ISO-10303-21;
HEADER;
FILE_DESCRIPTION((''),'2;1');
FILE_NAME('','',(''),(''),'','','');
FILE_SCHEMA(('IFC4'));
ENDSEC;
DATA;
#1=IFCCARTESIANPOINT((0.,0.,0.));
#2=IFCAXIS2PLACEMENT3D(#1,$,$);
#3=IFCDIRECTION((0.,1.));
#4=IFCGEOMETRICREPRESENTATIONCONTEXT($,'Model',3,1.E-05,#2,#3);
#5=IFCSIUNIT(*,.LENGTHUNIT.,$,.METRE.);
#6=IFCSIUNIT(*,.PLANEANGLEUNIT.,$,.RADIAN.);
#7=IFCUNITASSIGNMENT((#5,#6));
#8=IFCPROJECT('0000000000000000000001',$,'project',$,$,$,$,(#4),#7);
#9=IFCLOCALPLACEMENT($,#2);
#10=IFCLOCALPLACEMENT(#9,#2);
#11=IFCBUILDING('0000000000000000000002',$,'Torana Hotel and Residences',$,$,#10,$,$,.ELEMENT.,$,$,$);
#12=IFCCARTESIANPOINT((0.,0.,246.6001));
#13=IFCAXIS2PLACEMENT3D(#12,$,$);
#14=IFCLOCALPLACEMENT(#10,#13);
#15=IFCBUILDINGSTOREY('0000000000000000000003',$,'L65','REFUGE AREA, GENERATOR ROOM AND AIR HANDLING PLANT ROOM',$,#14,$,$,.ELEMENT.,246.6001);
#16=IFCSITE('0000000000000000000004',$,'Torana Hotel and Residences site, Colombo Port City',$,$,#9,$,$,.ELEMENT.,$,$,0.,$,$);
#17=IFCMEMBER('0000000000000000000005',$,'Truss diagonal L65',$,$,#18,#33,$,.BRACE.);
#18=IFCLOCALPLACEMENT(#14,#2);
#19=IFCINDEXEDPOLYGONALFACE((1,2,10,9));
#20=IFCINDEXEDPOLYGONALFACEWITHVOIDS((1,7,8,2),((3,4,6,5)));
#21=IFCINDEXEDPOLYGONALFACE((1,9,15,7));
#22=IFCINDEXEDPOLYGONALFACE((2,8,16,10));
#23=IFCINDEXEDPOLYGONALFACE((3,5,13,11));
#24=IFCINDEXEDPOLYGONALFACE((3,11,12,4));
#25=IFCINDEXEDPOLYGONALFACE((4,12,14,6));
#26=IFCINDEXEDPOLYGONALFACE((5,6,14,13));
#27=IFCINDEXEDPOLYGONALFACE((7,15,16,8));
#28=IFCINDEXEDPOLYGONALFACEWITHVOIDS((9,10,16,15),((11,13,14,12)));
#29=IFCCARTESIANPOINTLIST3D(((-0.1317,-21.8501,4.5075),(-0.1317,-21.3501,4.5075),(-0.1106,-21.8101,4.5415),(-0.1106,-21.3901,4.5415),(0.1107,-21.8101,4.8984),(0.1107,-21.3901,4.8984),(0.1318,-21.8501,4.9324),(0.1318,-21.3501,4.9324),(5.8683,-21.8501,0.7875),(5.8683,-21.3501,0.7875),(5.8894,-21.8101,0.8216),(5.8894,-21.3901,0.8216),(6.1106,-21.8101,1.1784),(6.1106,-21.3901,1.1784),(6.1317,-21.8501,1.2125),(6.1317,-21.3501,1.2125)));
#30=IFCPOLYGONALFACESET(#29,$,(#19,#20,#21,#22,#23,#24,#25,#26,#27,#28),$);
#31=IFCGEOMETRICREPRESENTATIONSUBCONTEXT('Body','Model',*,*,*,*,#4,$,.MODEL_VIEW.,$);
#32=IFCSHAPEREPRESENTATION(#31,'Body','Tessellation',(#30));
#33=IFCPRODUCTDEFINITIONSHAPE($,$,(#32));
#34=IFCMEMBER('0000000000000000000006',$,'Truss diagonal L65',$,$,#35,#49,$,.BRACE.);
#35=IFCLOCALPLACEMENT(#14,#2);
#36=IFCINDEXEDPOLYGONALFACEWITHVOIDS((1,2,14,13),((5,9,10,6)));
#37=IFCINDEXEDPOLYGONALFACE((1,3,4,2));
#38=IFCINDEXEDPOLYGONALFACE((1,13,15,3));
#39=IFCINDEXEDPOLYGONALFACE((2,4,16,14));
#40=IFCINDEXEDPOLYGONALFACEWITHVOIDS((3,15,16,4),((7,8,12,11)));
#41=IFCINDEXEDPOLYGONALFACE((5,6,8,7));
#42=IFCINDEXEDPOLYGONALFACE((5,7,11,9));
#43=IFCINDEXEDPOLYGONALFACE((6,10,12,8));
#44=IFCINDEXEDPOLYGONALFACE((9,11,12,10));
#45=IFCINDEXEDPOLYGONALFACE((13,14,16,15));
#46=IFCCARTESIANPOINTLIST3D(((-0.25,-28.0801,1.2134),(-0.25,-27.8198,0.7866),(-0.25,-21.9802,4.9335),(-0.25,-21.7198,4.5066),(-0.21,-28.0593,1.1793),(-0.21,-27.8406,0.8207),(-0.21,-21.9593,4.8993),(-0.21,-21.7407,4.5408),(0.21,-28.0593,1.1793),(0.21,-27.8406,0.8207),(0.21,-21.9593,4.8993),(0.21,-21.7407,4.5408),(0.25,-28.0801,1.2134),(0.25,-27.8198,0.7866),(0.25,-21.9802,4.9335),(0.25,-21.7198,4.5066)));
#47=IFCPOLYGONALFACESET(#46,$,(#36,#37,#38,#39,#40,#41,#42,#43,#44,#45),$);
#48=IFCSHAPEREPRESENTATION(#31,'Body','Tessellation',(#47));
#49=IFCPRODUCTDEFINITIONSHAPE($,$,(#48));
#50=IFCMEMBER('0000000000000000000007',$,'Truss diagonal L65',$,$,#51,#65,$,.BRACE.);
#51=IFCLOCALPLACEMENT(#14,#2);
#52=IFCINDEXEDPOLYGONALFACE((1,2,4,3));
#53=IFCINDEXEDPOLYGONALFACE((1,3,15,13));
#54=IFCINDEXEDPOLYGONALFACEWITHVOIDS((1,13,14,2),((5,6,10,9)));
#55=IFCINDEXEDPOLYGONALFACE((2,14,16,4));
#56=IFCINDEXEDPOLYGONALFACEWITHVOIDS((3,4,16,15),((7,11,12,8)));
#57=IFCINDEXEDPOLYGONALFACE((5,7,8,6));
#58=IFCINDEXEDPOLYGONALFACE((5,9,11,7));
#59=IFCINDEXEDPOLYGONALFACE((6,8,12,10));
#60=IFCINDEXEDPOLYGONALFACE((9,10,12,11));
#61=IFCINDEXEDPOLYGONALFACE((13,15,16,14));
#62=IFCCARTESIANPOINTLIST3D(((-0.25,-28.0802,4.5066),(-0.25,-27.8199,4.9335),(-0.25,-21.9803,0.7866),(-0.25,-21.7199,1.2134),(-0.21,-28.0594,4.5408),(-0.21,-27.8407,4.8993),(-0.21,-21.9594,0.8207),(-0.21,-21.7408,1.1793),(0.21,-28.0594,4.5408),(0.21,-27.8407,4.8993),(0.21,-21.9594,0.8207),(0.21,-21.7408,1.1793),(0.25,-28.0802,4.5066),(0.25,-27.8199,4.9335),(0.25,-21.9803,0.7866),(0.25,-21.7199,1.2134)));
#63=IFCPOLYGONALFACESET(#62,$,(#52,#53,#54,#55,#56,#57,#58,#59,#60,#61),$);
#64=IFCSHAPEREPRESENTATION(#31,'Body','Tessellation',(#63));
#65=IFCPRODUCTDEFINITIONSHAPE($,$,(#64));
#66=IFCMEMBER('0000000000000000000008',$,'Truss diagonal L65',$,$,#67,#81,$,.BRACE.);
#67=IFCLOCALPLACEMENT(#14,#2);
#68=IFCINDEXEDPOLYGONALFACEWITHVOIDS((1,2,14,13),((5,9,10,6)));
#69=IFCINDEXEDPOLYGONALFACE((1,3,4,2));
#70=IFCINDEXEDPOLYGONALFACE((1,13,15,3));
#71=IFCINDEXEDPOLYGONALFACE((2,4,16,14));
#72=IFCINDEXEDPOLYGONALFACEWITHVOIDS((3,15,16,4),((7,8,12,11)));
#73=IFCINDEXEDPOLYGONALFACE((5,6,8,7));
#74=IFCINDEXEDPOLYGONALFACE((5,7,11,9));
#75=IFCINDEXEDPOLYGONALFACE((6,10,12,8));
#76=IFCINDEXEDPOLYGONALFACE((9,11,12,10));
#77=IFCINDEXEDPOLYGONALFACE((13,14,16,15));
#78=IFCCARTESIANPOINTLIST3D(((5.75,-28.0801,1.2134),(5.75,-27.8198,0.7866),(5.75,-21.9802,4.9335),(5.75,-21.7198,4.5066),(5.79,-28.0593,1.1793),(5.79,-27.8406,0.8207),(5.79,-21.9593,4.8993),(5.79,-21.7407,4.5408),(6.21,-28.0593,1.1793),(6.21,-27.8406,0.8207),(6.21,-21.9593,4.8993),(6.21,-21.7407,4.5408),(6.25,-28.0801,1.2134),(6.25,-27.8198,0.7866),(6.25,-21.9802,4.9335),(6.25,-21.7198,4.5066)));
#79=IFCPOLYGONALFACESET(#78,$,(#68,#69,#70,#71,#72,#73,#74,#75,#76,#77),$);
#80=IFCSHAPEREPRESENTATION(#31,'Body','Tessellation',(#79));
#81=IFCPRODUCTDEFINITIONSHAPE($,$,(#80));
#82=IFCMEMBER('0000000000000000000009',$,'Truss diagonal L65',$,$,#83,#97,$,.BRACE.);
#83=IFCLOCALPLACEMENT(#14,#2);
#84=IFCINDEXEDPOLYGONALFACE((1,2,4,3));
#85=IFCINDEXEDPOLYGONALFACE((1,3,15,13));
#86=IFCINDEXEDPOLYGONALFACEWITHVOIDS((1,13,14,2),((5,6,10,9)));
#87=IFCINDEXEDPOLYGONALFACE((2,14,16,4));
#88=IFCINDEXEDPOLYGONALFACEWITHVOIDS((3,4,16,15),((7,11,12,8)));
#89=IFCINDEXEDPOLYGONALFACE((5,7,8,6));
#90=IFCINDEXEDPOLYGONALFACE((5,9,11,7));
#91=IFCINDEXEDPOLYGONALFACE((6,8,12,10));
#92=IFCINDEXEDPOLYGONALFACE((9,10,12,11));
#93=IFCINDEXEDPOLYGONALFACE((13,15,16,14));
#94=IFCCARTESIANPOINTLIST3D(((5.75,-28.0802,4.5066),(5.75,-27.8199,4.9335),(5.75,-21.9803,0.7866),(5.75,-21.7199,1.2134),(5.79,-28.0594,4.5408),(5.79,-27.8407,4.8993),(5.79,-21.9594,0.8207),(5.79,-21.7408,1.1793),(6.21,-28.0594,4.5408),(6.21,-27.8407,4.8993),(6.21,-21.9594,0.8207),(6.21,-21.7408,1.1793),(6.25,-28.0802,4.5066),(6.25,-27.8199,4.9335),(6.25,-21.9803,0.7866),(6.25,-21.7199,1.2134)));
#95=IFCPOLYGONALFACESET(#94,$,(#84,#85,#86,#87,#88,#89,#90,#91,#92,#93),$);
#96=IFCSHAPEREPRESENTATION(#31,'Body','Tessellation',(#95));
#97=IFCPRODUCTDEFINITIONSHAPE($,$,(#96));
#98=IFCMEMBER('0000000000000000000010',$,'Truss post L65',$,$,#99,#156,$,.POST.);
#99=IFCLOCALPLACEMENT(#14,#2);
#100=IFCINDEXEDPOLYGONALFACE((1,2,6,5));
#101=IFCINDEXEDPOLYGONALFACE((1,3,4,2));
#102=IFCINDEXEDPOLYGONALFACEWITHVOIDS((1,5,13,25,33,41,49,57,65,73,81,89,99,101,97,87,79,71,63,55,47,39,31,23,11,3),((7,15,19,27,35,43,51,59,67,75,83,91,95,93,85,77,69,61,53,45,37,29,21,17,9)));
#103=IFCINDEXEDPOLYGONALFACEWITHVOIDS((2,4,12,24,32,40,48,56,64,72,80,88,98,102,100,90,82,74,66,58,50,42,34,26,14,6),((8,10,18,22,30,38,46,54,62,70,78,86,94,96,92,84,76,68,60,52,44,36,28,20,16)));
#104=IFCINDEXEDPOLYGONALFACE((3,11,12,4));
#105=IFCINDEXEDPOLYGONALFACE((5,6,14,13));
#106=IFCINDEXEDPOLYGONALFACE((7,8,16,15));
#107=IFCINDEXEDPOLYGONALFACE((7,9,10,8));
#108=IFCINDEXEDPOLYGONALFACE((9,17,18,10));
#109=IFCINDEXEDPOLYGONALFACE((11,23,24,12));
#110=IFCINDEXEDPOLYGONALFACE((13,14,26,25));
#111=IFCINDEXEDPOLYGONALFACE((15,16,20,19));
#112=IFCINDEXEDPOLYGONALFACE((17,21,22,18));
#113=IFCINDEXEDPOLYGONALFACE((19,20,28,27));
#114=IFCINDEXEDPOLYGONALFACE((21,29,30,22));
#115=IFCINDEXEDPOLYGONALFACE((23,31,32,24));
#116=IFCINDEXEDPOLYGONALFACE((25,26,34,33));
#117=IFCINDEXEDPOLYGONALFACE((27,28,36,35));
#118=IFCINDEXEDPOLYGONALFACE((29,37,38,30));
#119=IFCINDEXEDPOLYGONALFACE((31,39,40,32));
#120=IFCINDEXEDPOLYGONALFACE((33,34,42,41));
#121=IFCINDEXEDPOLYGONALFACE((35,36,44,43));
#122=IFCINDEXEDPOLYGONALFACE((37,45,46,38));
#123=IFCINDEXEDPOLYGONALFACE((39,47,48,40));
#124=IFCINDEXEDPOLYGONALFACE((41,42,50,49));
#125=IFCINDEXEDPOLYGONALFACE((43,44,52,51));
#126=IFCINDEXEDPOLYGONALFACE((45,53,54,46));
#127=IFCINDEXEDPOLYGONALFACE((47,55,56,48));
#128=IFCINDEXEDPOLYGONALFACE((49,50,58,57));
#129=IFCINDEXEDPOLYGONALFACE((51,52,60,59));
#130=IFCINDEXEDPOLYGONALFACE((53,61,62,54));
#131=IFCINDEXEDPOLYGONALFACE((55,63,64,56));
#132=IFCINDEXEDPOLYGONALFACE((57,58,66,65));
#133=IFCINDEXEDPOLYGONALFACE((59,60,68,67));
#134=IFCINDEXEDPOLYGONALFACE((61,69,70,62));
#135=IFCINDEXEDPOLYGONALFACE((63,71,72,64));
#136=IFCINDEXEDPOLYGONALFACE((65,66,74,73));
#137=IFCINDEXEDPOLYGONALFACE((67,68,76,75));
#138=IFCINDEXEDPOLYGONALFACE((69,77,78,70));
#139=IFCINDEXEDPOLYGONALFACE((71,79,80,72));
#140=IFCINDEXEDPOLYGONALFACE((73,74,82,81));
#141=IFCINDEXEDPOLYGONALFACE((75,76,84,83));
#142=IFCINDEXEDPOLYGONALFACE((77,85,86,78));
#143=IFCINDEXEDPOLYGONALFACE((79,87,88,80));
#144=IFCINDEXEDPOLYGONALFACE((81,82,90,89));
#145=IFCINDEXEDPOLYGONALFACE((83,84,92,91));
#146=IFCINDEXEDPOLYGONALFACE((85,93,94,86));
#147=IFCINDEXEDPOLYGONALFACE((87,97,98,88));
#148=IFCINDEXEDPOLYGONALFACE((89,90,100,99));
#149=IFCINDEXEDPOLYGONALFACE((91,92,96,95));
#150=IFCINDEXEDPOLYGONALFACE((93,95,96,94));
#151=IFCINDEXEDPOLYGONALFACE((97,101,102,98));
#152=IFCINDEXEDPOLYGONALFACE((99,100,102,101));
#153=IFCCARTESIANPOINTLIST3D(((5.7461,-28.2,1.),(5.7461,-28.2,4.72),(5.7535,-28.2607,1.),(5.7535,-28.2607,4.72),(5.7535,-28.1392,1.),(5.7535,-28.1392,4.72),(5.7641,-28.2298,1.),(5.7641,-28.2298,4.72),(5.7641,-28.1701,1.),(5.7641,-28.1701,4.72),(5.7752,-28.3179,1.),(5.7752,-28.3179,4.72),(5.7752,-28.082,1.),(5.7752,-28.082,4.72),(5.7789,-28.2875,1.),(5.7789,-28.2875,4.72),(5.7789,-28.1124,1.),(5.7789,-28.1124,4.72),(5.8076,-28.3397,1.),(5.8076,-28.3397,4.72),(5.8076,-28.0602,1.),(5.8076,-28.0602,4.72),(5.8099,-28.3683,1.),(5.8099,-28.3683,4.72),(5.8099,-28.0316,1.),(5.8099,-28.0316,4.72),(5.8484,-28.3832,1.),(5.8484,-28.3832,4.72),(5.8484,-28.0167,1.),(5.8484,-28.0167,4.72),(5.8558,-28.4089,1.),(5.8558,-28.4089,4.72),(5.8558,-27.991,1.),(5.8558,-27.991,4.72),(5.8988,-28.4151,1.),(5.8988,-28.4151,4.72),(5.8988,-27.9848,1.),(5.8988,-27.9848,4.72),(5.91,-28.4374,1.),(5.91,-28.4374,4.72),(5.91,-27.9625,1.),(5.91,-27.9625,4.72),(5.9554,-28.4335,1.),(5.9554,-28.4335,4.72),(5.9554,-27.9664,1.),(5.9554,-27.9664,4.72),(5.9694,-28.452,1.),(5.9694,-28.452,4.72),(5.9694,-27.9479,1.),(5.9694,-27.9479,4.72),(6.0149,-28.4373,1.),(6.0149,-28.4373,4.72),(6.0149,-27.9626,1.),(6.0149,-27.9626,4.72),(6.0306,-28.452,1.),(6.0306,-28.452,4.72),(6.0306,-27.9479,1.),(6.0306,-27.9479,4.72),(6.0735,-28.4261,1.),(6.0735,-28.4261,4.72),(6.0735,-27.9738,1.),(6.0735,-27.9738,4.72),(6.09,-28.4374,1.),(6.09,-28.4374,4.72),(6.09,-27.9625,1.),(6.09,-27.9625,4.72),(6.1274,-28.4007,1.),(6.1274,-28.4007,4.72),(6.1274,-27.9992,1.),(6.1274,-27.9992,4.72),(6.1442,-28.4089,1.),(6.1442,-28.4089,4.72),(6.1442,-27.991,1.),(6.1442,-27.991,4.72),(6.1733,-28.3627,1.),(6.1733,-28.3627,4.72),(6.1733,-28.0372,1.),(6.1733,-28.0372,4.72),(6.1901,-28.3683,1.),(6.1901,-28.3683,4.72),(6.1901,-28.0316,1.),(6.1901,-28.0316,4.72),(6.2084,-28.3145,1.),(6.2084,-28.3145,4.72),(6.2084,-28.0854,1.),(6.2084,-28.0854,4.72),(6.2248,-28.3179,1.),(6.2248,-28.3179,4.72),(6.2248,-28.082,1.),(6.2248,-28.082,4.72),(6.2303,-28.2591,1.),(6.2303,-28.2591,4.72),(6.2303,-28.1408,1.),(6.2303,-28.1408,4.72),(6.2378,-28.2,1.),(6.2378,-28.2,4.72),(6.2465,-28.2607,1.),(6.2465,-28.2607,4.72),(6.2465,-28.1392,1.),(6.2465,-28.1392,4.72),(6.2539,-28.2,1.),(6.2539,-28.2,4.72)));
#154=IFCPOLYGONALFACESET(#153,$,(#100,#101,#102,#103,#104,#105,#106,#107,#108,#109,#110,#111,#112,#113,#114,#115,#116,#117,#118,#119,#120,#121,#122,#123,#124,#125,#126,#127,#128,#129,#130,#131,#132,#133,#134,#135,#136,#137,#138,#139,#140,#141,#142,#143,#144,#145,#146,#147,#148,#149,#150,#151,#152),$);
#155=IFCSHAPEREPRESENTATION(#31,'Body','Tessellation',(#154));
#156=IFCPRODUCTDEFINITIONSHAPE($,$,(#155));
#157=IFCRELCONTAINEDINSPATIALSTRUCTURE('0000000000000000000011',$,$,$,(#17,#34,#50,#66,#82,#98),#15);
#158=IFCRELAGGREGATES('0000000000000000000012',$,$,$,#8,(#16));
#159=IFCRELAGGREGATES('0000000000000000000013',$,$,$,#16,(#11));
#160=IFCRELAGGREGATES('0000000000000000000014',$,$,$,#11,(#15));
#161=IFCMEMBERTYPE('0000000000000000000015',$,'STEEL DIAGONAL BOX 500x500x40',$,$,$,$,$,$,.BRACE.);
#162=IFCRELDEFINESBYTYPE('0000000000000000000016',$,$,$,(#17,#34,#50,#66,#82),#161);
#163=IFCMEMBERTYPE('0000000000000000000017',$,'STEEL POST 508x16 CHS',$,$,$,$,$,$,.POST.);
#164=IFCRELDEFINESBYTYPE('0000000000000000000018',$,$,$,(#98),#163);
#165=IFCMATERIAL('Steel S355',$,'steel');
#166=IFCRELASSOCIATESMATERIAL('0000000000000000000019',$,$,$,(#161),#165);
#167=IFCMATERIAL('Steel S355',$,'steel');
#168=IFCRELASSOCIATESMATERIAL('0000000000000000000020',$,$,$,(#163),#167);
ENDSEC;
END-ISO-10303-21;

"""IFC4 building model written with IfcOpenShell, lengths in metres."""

from ifc_helpers import new_model, si_unit, direction, frame, origin, origin_2d, place, context, subcontext, project, spatial, hollow_rectangle, hollow_circle, extrude, material, material_profile, profile_set, type_object, element, save


model = new_model("IFC4")

# Units and contexts
model_context = context("Model", 3, precision=1e-05, world=origin(), true_north=direction((0.0, 1.0)))
body_context = subcontext(model_context, "Body", "Model", "MODEL_VIEW")
ifc_project = project(units=[si_unit("LENGTHUNIT", "METRE"), si_unit("PLANEANGLEUNIT", "RADIAN")], contexts=[model_context])

# Site, building, storey
site_placement = place(None, origin())
site = spatial("IfcSite", under=ifc_project, at=site_placement, Name="Torana Hotel and Residences site, Colombo Port City", CompositionType="ELEMENT", RefElevation=0.0)
building_placement = place(site_placement, origin())
building = spatial("IfcBuilding", under=site, at=building_placement, Name="Torana Hotel and Residences", CompositionType="ELEMENT")
storey_placement = place(building_placement, frame((0.0, 0.0, 246.6001)))
storey = spatial("IfcBuildingStorey", under=building, at=storey_placement, Name="L65", Description="REFUGE AREA, GENERATOR ROOM AND AIR HANDLING PLANT ROOM", CompositionType="ELEMENT", Elevation=246.6001)

# Members
ifc_material_1 = material(Name="Steel S355", Category="steel")
ifc_material_profile_1 = material_profile(ifc_material_1, hollow_rectangle(XDim=0.5, YDim=0.5, WallThickness=0.04, at=origin_2d()), Name="BOX 500x500x40")
ifc_profile_set_1 = profile_set([ifc_material_profile_1], Name="Steel S355")
member_type_1 = type_object("IfcMemberType", Name="STEEL DIAGONAL BOX 500x500x40", PredefinedType="BRACE", material=ifc_profile_set_1)
for number, where, z_axis, x_axis, name in (
    (1, (6.0, -21.6001, 1.0), (-0.849905, 0.0, 0.526937), (0.0, -1.0, 0.0), "Truss diagonal L65"),
):
    element("IfcMember", number, at=place(storey_placement, frame(where, z_axis=z_axis, x_axis=x_axis)), inside=storey, type_object=member_type_1, Name=name, PredefinedType="BRACE", context=body_context, shape_type="SweptSolid", body=[
        extrude(hollow_rectangle(XDim=0.5, YDim=0.5, WallThickness=0.04, at=origin_2d()), origin(), (0.0, 0.0, 1.0), 7.0596),
    ])
for number, where, z_axis, x_axis, name in (
    (2, (0.0, -27.95, 1.0), (0.0, 0.853762, 0.520663), (-1.0, 0.0, 0.0), "Truss diagonal L65"),
    (3, (0.0, -21.8501, 1.0), (0.0, -0.853762, 0.520663), (1.0, 0.0, 0.0), "Truss diagonal L65"),
    (4, (6.0, -27.95, 1.0), (0.0, 0.853762, 0.520663), (-1.0, 0.0, 0.0), "Truss diagonal L65"),
    (5, (6.0, -21.8501, 1.0), (0.0, -0.853762, 0.520663), (1.0, 0.0, 0.0), "Truss diagonal L65"),
):
    element("IfcMember", number, at=place(storey_placement, frame(where, z_axis=z_axis, x_axis=x_axis)), inside=storey, type_object=member_type_1, Name=name, PredefinedType="BRACE", context=body_context, shape_type="SweptSolid", body=[
        extrude(hollow_rectangle(XDim=0.5, YDim=0.5, WallThickness=0.04, at=origin_2d()), origin(), (0.0, 0.0, 1.0), 7.1448),
    ])
ifc_material_2 = material(Name="Steel S355", Category="steel")
ifc_material_profile_2 = material_profile(ifc_material_2, hollow_circle(Radius=0.2539, WallThickness=0.0161, at=origin_2d()), Name="508x16 CHS")
ifc_profile_set_2 = profile_set([ifc_material_profile_2], Name="Steel S355")
member_type_2 = type_object("IfcMemberType", Name="STEEL POST 508x16 CHS", PredefinedType="POST", material=ifc_profile_set_2)
for number, where, z_axis, x_axis, name in (
    (6, (6.0, -28.2, 1.0), (0.0, 0.0, 1.0), (1.0, 0.0, 0.0), "Truss post L65"),
):
    element("IfcMember", number, at=place(storey_placement, frame(where, z_axis=z_axis, x_axis=x_axis)), inside=storey, type_object=member_type_2, Name=name, PredefinedType="POST", context=body_context, shape_type="SweptSolid", body=[
        extrude(hollow_circle(Radius=0.2539, WallThickness=0.0161, at=origin_2d()), origin(), (0.0, 0.0, 1.0), 3.72),
    ])

save(model, "model.ifc")
